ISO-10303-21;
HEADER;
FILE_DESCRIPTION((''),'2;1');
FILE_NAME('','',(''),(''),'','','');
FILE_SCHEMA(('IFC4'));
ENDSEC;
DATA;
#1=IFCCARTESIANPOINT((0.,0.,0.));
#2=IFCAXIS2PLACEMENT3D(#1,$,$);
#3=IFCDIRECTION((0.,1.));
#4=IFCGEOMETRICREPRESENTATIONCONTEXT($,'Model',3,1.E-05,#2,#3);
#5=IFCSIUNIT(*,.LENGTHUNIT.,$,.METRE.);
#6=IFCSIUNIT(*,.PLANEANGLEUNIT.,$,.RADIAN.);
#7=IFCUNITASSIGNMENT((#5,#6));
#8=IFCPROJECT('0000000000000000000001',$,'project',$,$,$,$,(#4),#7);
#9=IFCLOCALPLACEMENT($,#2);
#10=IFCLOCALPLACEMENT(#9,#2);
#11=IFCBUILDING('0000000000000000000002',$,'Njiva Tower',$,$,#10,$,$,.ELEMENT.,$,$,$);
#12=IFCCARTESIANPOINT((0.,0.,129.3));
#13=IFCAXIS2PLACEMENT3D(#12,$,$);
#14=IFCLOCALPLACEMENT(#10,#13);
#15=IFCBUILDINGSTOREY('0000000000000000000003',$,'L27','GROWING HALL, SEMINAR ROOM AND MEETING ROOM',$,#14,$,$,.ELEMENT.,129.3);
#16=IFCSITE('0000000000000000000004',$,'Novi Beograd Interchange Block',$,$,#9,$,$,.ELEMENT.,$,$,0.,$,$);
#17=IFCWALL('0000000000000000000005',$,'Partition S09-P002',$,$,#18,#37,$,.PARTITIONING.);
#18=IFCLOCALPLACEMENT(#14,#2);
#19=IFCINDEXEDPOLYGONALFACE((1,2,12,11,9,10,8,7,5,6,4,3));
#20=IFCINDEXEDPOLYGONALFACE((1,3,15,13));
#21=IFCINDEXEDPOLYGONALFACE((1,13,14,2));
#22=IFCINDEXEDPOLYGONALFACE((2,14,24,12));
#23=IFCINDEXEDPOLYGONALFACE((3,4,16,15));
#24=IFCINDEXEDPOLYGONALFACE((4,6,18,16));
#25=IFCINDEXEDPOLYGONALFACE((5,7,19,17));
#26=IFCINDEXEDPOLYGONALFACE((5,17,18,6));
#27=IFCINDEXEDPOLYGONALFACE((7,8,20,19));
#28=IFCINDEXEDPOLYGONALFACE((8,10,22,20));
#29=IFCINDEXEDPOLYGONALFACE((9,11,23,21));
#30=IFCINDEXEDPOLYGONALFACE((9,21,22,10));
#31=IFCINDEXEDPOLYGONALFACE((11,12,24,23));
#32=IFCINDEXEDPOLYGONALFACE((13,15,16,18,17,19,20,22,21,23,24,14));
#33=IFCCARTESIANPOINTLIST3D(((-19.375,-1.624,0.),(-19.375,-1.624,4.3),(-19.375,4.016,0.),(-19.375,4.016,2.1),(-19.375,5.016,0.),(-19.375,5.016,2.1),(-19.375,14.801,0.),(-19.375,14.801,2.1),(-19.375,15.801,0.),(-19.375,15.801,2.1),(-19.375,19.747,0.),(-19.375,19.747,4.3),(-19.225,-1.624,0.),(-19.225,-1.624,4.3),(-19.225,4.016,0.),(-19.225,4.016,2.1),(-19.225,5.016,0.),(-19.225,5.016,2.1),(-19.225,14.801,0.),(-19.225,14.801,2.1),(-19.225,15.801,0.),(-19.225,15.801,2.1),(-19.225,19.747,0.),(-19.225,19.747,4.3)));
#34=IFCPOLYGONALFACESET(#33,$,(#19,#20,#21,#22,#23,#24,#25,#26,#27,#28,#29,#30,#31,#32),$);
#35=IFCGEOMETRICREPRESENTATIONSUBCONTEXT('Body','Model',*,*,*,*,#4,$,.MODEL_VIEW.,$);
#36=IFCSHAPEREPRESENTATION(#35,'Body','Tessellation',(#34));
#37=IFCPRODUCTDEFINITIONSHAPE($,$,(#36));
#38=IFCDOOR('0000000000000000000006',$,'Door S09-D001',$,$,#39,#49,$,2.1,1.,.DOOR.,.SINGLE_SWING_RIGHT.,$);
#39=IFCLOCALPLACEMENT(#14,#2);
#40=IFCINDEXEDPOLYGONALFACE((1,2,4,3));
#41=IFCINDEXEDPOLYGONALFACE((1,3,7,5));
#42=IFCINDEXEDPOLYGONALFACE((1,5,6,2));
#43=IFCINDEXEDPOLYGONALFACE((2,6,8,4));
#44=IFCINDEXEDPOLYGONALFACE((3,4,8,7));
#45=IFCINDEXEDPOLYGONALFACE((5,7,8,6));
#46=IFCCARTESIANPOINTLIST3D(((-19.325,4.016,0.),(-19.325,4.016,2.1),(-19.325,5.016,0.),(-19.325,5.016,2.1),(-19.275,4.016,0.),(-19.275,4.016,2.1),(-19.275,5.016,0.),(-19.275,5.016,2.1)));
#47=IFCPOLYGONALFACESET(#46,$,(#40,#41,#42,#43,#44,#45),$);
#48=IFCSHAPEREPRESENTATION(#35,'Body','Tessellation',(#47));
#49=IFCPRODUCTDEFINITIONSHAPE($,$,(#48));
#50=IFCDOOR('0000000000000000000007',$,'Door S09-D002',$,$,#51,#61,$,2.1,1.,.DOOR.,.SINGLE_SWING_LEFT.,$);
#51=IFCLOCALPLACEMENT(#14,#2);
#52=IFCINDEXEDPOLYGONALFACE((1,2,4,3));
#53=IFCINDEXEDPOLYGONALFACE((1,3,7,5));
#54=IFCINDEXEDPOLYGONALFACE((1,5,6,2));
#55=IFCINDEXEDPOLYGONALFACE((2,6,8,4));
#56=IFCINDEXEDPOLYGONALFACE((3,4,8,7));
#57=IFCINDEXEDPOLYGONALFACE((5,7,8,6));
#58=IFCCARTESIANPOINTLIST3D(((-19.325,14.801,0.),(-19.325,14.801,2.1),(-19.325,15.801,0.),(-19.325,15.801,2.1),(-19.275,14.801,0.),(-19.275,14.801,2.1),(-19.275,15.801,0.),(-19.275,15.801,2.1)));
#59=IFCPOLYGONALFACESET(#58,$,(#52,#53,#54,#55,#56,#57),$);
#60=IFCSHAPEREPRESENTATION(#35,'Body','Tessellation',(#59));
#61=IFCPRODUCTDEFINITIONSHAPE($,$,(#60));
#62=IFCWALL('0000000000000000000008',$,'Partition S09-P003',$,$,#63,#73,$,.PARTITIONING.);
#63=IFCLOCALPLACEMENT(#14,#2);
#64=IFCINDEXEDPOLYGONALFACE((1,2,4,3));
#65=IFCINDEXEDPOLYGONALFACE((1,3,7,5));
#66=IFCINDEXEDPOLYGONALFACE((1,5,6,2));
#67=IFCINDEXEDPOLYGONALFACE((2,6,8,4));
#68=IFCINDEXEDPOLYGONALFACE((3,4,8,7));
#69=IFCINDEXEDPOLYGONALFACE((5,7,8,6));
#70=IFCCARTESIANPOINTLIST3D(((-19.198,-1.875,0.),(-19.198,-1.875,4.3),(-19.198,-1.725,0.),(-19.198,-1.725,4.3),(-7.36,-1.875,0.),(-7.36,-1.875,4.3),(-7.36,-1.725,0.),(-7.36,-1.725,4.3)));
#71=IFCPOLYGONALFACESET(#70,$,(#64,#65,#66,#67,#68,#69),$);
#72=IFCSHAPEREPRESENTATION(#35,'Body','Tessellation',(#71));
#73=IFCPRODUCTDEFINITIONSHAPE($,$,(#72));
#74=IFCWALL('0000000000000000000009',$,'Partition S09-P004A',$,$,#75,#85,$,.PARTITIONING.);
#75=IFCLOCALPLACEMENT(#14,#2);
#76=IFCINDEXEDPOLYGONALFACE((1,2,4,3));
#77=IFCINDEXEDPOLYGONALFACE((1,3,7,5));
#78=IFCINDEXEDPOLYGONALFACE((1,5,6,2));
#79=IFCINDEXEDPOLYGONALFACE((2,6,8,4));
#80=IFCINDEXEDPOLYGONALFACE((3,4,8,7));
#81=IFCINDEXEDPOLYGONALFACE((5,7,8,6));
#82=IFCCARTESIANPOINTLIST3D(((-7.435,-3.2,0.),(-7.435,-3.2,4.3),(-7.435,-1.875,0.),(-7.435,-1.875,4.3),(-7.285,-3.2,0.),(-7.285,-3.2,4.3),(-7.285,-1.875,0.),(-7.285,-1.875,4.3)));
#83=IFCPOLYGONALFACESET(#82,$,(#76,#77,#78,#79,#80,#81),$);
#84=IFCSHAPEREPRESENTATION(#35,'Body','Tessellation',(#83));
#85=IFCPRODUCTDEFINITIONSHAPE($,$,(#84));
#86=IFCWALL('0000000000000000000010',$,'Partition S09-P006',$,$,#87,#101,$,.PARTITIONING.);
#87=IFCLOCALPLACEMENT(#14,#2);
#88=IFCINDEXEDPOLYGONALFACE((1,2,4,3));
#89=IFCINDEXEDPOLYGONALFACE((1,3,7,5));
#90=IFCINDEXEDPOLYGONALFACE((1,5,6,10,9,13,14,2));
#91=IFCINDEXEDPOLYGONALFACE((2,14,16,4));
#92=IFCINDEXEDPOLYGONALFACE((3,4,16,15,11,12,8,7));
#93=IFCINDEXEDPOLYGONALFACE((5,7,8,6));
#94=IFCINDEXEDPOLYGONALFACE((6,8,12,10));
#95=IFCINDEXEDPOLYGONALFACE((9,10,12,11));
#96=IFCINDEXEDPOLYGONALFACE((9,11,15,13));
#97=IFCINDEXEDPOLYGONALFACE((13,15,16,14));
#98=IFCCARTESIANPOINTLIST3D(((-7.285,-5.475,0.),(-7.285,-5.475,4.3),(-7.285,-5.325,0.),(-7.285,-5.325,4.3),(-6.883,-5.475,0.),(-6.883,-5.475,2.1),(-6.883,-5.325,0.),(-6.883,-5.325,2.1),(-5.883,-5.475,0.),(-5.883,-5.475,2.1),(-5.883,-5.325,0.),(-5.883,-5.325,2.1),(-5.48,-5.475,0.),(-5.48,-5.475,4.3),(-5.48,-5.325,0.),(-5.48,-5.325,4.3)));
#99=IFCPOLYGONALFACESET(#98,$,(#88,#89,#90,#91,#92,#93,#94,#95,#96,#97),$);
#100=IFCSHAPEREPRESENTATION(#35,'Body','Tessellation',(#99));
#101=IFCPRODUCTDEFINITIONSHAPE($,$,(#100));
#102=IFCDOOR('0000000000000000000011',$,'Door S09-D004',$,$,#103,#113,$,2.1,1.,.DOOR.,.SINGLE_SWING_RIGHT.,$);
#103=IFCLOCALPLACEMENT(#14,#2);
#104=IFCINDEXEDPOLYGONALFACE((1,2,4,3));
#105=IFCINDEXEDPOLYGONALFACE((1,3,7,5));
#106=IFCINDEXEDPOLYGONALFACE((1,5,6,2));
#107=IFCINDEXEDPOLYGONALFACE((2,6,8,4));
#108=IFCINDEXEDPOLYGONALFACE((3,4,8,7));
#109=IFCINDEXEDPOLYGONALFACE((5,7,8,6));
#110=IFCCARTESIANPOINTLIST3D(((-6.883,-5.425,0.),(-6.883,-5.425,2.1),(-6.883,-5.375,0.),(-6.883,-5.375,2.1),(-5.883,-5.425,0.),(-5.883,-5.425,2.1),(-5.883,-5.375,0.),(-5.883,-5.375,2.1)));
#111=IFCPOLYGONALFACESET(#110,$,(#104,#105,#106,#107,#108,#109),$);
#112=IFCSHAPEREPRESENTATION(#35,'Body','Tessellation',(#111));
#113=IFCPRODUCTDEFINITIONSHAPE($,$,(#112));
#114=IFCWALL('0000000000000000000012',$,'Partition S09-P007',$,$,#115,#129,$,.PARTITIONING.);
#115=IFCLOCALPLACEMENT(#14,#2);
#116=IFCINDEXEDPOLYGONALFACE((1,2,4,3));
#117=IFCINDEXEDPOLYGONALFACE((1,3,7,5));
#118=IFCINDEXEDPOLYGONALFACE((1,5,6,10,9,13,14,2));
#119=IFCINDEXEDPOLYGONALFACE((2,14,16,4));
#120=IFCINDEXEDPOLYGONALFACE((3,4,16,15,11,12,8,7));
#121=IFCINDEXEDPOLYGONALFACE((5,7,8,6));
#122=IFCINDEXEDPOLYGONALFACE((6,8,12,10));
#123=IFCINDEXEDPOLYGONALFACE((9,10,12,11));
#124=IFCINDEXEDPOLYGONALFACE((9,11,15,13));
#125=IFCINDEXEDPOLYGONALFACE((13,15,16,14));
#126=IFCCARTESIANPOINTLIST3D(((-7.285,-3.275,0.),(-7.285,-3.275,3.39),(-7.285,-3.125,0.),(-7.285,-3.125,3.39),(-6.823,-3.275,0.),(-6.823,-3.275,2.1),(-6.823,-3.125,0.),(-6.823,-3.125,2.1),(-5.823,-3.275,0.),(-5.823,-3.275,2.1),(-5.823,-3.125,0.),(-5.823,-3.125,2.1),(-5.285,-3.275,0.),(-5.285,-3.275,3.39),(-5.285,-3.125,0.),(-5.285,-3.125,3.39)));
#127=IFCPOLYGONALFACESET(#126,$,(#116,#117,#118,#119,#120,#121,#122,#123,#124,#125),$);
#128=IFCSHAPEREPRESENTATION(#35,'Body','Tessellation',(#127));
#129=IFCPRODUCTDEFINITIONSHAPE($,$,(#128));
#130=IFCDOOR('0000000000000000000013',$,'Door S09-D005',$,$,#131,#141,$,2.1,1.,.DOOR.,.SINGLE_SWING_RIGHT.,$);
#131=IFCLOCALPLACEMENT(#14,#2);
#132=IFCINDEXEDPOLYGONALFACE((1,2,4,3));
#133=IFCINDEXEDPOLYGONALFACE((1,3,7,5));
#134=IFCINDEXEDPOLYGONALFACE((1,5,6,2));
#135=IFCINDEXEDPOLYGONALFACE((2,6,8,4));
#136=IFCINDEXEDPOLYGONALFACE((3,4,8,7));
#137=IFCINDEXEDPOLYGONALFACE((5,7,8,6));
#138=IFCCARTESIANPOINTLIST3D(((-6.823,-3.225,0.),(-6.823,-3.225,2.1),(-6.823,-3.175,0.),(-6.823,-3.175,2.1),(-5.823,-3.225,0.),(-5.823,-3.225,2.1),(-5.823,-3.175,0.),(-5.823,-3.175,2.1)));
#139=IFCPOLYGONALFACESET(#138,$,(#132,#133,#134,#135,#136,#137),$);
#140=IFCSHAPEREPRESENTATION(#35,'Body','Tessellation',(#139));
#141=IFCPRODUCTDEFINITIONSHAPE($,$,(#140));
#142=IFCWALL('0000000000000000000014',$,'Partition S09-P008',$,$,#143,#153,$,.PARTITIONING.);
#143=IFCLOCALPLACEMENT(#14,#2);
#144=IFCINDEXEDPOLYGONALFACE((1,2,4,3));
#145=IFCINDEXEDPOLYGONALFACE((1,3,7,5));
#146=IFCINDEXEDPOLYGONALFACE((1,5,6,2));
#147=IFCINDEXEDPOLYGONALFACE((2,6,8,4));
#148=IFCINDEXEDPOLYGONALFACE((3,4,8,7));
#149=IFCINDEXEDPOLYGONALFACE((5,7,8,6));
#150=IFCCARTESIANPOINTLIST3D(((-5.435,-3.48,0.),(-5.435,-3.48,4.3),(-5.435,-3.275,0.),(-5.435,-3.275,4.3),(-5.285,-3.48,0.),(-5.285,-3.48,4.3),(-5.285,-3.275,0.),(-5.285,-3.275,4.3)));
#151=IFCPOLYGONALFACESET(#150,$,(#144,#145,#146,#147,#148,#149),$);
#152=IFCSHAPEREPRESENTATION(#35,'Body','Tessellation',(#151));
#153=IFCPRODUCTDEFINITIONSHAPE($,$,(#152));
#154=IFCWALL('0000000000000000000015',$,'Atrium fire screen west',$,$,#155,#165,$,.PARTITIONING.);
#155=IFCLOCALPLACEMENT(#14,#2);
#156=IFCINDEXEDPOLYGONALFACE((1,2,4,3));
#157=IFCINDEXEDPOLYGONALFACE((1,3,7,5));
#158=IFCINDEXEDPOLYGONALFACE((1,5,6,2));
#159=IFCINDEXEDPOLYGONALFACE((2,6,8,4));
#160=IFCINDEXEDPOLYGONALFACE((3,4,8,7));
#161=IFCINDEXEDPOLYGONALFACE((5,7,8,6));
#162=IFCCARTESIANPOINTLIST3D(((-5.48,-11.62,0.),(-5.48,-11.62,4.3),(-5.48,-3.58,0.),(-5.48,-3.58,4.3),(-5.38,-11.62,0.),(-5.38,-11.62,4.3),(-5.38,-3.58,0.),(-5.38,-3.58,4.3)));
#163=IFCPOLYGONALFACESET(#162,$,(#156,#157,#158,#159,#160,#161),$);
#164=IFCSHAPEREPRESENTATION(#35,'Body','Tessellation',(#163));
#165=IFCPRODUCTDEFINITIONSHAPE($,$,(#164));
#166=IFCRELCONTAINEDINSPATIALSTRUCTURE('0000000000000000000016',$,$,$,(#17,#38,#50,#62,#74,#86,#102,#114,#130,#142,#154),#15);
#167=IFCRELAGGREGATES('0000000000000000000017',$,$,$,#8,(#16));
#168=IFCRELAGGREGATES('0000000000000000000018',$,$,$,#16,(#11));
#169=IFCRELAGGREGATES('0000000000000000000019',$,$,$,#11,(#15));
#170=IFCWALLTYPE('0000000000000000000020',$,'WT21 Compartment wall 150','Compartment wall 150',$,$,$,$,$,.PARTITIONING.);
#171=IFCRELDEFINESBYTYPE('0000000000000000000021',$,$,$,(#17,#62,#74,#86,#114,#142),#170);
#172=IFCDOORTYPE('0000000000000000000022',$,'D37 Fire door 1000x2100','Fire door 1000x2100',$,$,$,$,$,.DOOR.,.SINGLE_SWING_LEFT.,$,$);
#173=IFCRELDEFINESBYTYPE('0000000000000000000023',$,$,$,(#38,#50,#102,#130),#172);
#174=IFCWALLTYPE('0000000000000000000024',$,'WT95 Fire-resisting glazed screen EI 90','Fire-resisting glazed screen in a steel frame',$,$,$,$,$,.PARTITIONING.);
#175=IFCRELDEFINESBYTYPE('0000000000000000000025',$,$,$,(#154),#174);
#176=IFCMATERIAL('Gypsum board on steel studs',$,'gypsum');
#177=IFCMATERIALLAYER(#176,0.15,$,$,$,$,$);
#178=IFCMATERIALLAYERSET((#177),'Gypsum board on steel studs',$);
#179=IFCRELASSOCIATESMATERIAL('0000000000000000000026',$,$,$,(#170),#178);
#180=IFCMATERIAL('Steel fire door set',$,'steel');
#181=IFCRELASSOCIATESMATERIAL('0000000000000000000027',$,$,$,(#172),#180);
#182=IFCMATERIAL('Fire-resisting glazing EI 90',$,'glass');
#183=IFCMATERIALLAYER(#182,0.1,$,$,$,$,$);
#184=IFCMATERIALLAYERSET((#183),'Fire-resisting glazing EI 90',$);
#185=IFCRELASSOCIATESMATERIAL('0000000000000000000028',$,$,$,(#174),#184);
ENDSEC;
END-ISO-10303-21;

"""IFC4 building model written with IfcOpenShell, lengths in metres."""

from ifc_helpers import new_model, si_unit, direction, frame, frame_2d, origin, place, context, subcontext, project, spatial, rectangle, extrude, material, layer, layer_set, type_object, element, fill, save


model = new_model("IFC4")

# Units and contexts
model_context = context("Model", 3, precision=1e-05, world=origin(), true_north=direction((0.0, 1.0)))
body_context = subcontext(model_context, "Body", "Model", "MODEL_VIEW")
ifc_project = project(units=[si_unit("LENGTHUNIT", "METRE"), si_unit("PLANEANGLEUNIT", "RADIAN")], contexts=[model_context])

# Site, building, storey
site_placement = place(None, origin())
site = spatial("IfcSite", under=ifc_project, at=site_placement, Name="Novi Beograd Interchange Block", CompositionType="ELEMENT", RefElevation=0.0)
building_placement = place(site_placement, origin())
building = spatial("IfcBuilding", under=site, at=building_placement, Name="Njiva Tower", CompositionType="ELEMENT")
storey_placement = place(building_placement, frame((0.0, 0.0, 129.3)))
storey = spatial("IfcBuildingStorey", under=building, at=storey_placement, Name="L27", Description="GROWING HALL, SEMINAR ROOM AND MEETING ROOM", CompositionType="ELEMENT", Elevation=129.3)

# Wall, openings, doors
ifc_material_1 = material(Name="Gypsum board on steel studs", Category="gypsum")
ifc_layer_1 = layer(ifc_material_1, 0.15)
ifc_layer_set_1 = layer_set([ifc_layer_1], Name="Gypsum board on steel studs")
wall_type_1 = type_object("IfcWallType", Name="WT21 Compartment wall 150", Description="Compartment wall 150", PredefinedType="PARTITIONING", material=ifc_layer_set_1)
wall_1_placement = place(storey_placement, frame((-19.3, -1.624, 0.0), z_axis=(0.0, 0.0, 1.0), x_axis=(0.0, 1.0, 0.0)))
wall_1 = element("IfcWall", 1, at=wall_1_placement, inside=storey, type_object=wall_type_1, Name="Partition S09-P002", PredefinedType="PARTITIONING", context=body_context, shape_type="SweptSolid", body=[
    extrude(rectangle(XDim=21.371, YDim=0.15, at=frame_2d((10.6855, 0.0))), origin(), (0.0, 0.0, 1.0), 4.3),
])
opening_1_placement = place(wall_1_placement, frame((5.64, 0.0, 0.0)))
opening_1 = element("IfcOpeningElement", 2, at=opening_1_placement, cuts=wall_1, PredefinedType="OPENING", context=body_context, shape_type="SweptSolid", body=[
    extrude(rectangle(XDim=1.0, YDim=2.1, at=frame_2d((0.5, 1.05))), frame((0.0, 0.085, 0.0), z_axis=(0.0, -1.0, 0.0), x_axis=(1.0, 0.0, 0.0)), (0.0, 0.0, 1.0), 0.17),
])
opening_2_placement = place(wall_1_placement, frame((16.425, 0.0, 0.0)))
opening_2 = element("IfcOpeningElement", 3, at=opening_2_placement, cuts=wall_1, PredefinedType="OPENING", context=body_context, shape_type="SweptSolid", body=[
    extrude(rectangle(XDim=1.0, YDim=2.1, at=frame_2d((0.5, 1.05))), frame((0.0, 0.085, 0.0), z_axis=(0.0, -1.0, 0.0), x_axis=(1.0, 0.0, 0.0)), (0.0, 0.0, 1.0), 0.17),
])
ifc_material_2 = material(Name="Steel fire door set", Category="steel")
door_type = type_object("IfcDoorType", Name="D37 Fire door 1000x2100", Description="Fire door 1000x2100", OperationType="SINGLE_SWING_LEFT", PredefinedType="DOOR", material=ifc_material_2)
door_1_placement = place(opening_1_placement, origin())
door_1 = element("IfcDoor", 4, at=door_1_placement, inside=storey, type_object=door_type, Name="Door S09-D001", OperationType="SINGLE_SWING_RIGHT", OverallHeight=2.1, OverallWidth=1.0, PredefinedType="DOOR", context=body_context, shape_type="SweptSolid", body=[
    extrude(rectangle(XDim=1.0, YDim=2.1, at=frame_2d((0.5, 1.05))), frame((0.0, 0.025, 0.0), z_axis=(0.0, -1.0, 0.0), x_axis=(1.0, 0.0, 0.0)), (0.0, 0.0, 1.0), 0.05),
])
fill(opening_1, door_1)
door_2_placement = place(opening_2_placement, origin())
door_2 = element("IfcDoor", 5, at=door_2_placement, inside=storey, type_object=door_type, Name="Door S09-D002", OperationType="SINGLE_SWING_LEFT", OverallHeight=2.1, OverallWidth=1.0, PredefinedType="DOOR", context=body_context, shape_type="SweptSolid", body=[
    extrude(rectangle(XDim=1.0, YDim=2.1, at=frame_2d((0.5, 1.05))), frame((0.0, 0.025, 0.0), z_axis=(0.0, -1.0, 0.0), x_axis=(1.0, 0.0, 0.0)), (0.0, 0.0, 1.0), 0.05),
])
fill(opening_2, door_2)

# Walls
wall_2_placement = place(storey_placement, frame((-19.198, -1.8, 0.0), z_axis=(0.0, 0.0, 1.0), x_axis=(1.0, 0.0, 0.0)))
element("IfcWall", 6, at=wall_2_placement, inside=storey, type_object=wall_type_1, Name="Partition S09-P003", PredefinedType="PARTITIONING", context=body_context, shape_type="SweptSolid", body=[
    extrude(rectangle(XDim=11.838, YDim=0.15, at=frame_2d((5.919, 0.0))), origin(), (0.0, 0.0, 1.0), 4.3),
])
wall_3_placement = place(storey_placement, frame((-7.36, -3.2, 0.0), z_axis=(0.0, 0.0, 1.0), x_axis=(0.0, 1.0, 0.0)))
element("IfcWall", 7, at=wall_3_placement, inside=storey, type_object=wall_type_1, Name="Partition S09-P004A", PredefinedType="PARTITIONING", context=body_context, shape_type="SweptSolid", body=[
    extrude(rectangle(XDim=1.325, YDim=0.15, at=frame_2d((0.6625, 0.0))), origin(), (0.0, 0.0, 1.0), 4.3),
])

# Walls, openings, doors
wall_4_placement = place(storey_placement, frame((-7.285, -5.4, 0.0), z_axis=(0.0, 0.0, 1.0), x_axis=(1.0, 0.0, 0.0)))
wall_4 = element("IfcWall", 8, at=wall_4_placement, inside=storey, type_object=wall_type_1, Name="Partition S09-P006", PredefinedType="PARTITIONING", context=body_context, shape_type="SweptSolid", body=[
    extrude(rectangle(XDim=1.805, YDim=0.15, at=frame_2d((0.9025, 0.0))), origin(), (0.0, 0.0, 1.0), 4.3),
])
opening_3_placement = place(wall_4_placement, frame((0.402, 0.0, 0.0)))
opening_3 = element("IfcOpeningElement", 9, at=opening_3_placement, cuts=wall_4, PredefinedType="OPENING", context=body_context, shape_type="SweptSolid", body=[
    extrude(rectangle(XDim=1.0, YDim=2.1, at=frame_2d((0.5, 1.05))), frame((0.0, 0.085, 0.0), z_axis=(0.0, -1.0, 0.0), x_axis=(1.0, 0.0, 0.0)), (0.0, 0.0, 1.0), 0.17),
])
door_3_placement = place(opening_3_placement, origin())
door_3 = element("IfcDoor", 10, at=door_3_placement, inside=storey, type_object=door_type, Name="Door S09-D004", OperationType="SINGLE_SWING_RIGHT", OverallHeight=2.1, OverallWidth=1.0, PredefinedType="DOOR", context=body_context, shape_type="SweptSolid", body=[
    extrude(rectangle(XDim=1.0, YDim=2.1, at=frame_2d((0.5, 1.05))), frame((0.0, 0.025, 0.0), z_axis=(0.0, -1.0, 0.0), x_axis=(1.0, 0.0, 0.0)), (0.0, 0.0, 1.0), 0.05),
])
fill(opening_3, door_3)
wall_5_placement = place(storey_placement, frame((-7.285, -3.2, 0.0), z_axis=(0.0, 0.0, 1.0), x_axis=(1.0, 0.0, 0.0)))
wall_5 = element("IfcWall", 11, at=wall_5_placement, inside=storey, type_object=wall_type_1, Name="Partition S09-P007", PredefinedType="PARTITIONING", context=body_context, shape_type="SweptSolid", body=[
    extrude(rectangle(XDim=2.0, YDim=0.15, at=frame_2d((1.0, 0.0))), origin(), (0.0, 0.0, 1.0), 3.39),
])
opening_4_placement = place(wall_5_placement, frame((0.462, 0.0, 0.0)))
opening_4 = element("IfcOpeningElement", 12, at=opening_4_placement, cuts=wall_5, PredefinedType="OPENING", context=body_context, shape_type="SweptSolid", body=[
    extrude(rectangle(XDim=1.0, YDim=2.1, at=frame_2d((0.5, 1.05))), frame((0.0, 0.085, 0.0), z_axis=(0.0, -1.0, 0.0), x_axis=(1.0, 0.0, 0.0)), (0.0, 0.0, 1.0), 0.17),
])
door_4_placement = place(opening_4_placement, origin())
door_4 = element("IfcDoor", 13, at=door_4_placement, inside=storey, type_object=door_type, Name="Door S09-D005", OperationType="SINGLE_SWING_RIGHT", OverallHeight=2.1, OverallWidth=1.0, PredefinedType="DOOR", context=body_context, shape_type="SweptSolid", body=[
    extrude(rectangle(XDim=1.0, YDim=2.1, at=frame_2d((0.5, 1.05))), frame((0.0, 0.025, 0.0), z_axis=(0.0, -1.0, 0.0), x_axis=(1.0, 0.0, 0.0)), (0.0, 0.0, 1.0), 0.05),
])
fill(opening_4, door_4)

# Walls
wall_6_placement = place(storey_placement, frame((-5.36, -3.48, 0.0), z_axis=(0.0, 0.0, 1.0), x_axis=(0.0, 1.0, 0.0)))
element("IfcWall", 14, at=wall_6_placement, inside=storey, type_object=wall_type_1, Name="Partition S09-P008", PredefinedType="PARTITIONING", context=body_context, shape_type="SweptSolid", body=[
    extrude(rectangle(XDim=0.205, YDim=0.15, at=frame_2d((0.1025, 0.0))), origin(), (0.0, 0.0, 1.0), 4.3),
])
ifc_material_3 = material(Name="Fire-resisting glazing EI 90", Category="glass")
ifc_layer_2 = layer(ifc_material_3, 0.1)
ifc_layer_set_2 = layer_set([ifc_layer_2], Name="Fire-resisting glazing EI 90")
wall_type_2 = type_object("IfcWallType", Name="WT95 Fire-resisting glazed screen EI 90", Description="Fire-resisting glazed screen in a steel frame", PredefinedType="PARTITIONING", material=ifc_layer_set_2)
wall_7_placement = place(storey_placement, frame((-5.43, -3.58, 0.0), z_axis=(0.0, 0.0, 1.0), x_axis=(0.0, -1.0, 0.0)))
element("IfcWall", 15, at=wall_7_placement, inside=storey, type_object=wall_type_2, Name="Atrium fire screen west", PredefinedType="PARTITIONING", context=body_context, shape_type="SweptSolid", body=[
    extrude(rectangle(XDim=8.04, YDim=0.1, at=frame_2d((4.02, 0.0))), origin(), (0.0, 0.0, 1.0), 4.3),
])

save(model, "model.ifc")
